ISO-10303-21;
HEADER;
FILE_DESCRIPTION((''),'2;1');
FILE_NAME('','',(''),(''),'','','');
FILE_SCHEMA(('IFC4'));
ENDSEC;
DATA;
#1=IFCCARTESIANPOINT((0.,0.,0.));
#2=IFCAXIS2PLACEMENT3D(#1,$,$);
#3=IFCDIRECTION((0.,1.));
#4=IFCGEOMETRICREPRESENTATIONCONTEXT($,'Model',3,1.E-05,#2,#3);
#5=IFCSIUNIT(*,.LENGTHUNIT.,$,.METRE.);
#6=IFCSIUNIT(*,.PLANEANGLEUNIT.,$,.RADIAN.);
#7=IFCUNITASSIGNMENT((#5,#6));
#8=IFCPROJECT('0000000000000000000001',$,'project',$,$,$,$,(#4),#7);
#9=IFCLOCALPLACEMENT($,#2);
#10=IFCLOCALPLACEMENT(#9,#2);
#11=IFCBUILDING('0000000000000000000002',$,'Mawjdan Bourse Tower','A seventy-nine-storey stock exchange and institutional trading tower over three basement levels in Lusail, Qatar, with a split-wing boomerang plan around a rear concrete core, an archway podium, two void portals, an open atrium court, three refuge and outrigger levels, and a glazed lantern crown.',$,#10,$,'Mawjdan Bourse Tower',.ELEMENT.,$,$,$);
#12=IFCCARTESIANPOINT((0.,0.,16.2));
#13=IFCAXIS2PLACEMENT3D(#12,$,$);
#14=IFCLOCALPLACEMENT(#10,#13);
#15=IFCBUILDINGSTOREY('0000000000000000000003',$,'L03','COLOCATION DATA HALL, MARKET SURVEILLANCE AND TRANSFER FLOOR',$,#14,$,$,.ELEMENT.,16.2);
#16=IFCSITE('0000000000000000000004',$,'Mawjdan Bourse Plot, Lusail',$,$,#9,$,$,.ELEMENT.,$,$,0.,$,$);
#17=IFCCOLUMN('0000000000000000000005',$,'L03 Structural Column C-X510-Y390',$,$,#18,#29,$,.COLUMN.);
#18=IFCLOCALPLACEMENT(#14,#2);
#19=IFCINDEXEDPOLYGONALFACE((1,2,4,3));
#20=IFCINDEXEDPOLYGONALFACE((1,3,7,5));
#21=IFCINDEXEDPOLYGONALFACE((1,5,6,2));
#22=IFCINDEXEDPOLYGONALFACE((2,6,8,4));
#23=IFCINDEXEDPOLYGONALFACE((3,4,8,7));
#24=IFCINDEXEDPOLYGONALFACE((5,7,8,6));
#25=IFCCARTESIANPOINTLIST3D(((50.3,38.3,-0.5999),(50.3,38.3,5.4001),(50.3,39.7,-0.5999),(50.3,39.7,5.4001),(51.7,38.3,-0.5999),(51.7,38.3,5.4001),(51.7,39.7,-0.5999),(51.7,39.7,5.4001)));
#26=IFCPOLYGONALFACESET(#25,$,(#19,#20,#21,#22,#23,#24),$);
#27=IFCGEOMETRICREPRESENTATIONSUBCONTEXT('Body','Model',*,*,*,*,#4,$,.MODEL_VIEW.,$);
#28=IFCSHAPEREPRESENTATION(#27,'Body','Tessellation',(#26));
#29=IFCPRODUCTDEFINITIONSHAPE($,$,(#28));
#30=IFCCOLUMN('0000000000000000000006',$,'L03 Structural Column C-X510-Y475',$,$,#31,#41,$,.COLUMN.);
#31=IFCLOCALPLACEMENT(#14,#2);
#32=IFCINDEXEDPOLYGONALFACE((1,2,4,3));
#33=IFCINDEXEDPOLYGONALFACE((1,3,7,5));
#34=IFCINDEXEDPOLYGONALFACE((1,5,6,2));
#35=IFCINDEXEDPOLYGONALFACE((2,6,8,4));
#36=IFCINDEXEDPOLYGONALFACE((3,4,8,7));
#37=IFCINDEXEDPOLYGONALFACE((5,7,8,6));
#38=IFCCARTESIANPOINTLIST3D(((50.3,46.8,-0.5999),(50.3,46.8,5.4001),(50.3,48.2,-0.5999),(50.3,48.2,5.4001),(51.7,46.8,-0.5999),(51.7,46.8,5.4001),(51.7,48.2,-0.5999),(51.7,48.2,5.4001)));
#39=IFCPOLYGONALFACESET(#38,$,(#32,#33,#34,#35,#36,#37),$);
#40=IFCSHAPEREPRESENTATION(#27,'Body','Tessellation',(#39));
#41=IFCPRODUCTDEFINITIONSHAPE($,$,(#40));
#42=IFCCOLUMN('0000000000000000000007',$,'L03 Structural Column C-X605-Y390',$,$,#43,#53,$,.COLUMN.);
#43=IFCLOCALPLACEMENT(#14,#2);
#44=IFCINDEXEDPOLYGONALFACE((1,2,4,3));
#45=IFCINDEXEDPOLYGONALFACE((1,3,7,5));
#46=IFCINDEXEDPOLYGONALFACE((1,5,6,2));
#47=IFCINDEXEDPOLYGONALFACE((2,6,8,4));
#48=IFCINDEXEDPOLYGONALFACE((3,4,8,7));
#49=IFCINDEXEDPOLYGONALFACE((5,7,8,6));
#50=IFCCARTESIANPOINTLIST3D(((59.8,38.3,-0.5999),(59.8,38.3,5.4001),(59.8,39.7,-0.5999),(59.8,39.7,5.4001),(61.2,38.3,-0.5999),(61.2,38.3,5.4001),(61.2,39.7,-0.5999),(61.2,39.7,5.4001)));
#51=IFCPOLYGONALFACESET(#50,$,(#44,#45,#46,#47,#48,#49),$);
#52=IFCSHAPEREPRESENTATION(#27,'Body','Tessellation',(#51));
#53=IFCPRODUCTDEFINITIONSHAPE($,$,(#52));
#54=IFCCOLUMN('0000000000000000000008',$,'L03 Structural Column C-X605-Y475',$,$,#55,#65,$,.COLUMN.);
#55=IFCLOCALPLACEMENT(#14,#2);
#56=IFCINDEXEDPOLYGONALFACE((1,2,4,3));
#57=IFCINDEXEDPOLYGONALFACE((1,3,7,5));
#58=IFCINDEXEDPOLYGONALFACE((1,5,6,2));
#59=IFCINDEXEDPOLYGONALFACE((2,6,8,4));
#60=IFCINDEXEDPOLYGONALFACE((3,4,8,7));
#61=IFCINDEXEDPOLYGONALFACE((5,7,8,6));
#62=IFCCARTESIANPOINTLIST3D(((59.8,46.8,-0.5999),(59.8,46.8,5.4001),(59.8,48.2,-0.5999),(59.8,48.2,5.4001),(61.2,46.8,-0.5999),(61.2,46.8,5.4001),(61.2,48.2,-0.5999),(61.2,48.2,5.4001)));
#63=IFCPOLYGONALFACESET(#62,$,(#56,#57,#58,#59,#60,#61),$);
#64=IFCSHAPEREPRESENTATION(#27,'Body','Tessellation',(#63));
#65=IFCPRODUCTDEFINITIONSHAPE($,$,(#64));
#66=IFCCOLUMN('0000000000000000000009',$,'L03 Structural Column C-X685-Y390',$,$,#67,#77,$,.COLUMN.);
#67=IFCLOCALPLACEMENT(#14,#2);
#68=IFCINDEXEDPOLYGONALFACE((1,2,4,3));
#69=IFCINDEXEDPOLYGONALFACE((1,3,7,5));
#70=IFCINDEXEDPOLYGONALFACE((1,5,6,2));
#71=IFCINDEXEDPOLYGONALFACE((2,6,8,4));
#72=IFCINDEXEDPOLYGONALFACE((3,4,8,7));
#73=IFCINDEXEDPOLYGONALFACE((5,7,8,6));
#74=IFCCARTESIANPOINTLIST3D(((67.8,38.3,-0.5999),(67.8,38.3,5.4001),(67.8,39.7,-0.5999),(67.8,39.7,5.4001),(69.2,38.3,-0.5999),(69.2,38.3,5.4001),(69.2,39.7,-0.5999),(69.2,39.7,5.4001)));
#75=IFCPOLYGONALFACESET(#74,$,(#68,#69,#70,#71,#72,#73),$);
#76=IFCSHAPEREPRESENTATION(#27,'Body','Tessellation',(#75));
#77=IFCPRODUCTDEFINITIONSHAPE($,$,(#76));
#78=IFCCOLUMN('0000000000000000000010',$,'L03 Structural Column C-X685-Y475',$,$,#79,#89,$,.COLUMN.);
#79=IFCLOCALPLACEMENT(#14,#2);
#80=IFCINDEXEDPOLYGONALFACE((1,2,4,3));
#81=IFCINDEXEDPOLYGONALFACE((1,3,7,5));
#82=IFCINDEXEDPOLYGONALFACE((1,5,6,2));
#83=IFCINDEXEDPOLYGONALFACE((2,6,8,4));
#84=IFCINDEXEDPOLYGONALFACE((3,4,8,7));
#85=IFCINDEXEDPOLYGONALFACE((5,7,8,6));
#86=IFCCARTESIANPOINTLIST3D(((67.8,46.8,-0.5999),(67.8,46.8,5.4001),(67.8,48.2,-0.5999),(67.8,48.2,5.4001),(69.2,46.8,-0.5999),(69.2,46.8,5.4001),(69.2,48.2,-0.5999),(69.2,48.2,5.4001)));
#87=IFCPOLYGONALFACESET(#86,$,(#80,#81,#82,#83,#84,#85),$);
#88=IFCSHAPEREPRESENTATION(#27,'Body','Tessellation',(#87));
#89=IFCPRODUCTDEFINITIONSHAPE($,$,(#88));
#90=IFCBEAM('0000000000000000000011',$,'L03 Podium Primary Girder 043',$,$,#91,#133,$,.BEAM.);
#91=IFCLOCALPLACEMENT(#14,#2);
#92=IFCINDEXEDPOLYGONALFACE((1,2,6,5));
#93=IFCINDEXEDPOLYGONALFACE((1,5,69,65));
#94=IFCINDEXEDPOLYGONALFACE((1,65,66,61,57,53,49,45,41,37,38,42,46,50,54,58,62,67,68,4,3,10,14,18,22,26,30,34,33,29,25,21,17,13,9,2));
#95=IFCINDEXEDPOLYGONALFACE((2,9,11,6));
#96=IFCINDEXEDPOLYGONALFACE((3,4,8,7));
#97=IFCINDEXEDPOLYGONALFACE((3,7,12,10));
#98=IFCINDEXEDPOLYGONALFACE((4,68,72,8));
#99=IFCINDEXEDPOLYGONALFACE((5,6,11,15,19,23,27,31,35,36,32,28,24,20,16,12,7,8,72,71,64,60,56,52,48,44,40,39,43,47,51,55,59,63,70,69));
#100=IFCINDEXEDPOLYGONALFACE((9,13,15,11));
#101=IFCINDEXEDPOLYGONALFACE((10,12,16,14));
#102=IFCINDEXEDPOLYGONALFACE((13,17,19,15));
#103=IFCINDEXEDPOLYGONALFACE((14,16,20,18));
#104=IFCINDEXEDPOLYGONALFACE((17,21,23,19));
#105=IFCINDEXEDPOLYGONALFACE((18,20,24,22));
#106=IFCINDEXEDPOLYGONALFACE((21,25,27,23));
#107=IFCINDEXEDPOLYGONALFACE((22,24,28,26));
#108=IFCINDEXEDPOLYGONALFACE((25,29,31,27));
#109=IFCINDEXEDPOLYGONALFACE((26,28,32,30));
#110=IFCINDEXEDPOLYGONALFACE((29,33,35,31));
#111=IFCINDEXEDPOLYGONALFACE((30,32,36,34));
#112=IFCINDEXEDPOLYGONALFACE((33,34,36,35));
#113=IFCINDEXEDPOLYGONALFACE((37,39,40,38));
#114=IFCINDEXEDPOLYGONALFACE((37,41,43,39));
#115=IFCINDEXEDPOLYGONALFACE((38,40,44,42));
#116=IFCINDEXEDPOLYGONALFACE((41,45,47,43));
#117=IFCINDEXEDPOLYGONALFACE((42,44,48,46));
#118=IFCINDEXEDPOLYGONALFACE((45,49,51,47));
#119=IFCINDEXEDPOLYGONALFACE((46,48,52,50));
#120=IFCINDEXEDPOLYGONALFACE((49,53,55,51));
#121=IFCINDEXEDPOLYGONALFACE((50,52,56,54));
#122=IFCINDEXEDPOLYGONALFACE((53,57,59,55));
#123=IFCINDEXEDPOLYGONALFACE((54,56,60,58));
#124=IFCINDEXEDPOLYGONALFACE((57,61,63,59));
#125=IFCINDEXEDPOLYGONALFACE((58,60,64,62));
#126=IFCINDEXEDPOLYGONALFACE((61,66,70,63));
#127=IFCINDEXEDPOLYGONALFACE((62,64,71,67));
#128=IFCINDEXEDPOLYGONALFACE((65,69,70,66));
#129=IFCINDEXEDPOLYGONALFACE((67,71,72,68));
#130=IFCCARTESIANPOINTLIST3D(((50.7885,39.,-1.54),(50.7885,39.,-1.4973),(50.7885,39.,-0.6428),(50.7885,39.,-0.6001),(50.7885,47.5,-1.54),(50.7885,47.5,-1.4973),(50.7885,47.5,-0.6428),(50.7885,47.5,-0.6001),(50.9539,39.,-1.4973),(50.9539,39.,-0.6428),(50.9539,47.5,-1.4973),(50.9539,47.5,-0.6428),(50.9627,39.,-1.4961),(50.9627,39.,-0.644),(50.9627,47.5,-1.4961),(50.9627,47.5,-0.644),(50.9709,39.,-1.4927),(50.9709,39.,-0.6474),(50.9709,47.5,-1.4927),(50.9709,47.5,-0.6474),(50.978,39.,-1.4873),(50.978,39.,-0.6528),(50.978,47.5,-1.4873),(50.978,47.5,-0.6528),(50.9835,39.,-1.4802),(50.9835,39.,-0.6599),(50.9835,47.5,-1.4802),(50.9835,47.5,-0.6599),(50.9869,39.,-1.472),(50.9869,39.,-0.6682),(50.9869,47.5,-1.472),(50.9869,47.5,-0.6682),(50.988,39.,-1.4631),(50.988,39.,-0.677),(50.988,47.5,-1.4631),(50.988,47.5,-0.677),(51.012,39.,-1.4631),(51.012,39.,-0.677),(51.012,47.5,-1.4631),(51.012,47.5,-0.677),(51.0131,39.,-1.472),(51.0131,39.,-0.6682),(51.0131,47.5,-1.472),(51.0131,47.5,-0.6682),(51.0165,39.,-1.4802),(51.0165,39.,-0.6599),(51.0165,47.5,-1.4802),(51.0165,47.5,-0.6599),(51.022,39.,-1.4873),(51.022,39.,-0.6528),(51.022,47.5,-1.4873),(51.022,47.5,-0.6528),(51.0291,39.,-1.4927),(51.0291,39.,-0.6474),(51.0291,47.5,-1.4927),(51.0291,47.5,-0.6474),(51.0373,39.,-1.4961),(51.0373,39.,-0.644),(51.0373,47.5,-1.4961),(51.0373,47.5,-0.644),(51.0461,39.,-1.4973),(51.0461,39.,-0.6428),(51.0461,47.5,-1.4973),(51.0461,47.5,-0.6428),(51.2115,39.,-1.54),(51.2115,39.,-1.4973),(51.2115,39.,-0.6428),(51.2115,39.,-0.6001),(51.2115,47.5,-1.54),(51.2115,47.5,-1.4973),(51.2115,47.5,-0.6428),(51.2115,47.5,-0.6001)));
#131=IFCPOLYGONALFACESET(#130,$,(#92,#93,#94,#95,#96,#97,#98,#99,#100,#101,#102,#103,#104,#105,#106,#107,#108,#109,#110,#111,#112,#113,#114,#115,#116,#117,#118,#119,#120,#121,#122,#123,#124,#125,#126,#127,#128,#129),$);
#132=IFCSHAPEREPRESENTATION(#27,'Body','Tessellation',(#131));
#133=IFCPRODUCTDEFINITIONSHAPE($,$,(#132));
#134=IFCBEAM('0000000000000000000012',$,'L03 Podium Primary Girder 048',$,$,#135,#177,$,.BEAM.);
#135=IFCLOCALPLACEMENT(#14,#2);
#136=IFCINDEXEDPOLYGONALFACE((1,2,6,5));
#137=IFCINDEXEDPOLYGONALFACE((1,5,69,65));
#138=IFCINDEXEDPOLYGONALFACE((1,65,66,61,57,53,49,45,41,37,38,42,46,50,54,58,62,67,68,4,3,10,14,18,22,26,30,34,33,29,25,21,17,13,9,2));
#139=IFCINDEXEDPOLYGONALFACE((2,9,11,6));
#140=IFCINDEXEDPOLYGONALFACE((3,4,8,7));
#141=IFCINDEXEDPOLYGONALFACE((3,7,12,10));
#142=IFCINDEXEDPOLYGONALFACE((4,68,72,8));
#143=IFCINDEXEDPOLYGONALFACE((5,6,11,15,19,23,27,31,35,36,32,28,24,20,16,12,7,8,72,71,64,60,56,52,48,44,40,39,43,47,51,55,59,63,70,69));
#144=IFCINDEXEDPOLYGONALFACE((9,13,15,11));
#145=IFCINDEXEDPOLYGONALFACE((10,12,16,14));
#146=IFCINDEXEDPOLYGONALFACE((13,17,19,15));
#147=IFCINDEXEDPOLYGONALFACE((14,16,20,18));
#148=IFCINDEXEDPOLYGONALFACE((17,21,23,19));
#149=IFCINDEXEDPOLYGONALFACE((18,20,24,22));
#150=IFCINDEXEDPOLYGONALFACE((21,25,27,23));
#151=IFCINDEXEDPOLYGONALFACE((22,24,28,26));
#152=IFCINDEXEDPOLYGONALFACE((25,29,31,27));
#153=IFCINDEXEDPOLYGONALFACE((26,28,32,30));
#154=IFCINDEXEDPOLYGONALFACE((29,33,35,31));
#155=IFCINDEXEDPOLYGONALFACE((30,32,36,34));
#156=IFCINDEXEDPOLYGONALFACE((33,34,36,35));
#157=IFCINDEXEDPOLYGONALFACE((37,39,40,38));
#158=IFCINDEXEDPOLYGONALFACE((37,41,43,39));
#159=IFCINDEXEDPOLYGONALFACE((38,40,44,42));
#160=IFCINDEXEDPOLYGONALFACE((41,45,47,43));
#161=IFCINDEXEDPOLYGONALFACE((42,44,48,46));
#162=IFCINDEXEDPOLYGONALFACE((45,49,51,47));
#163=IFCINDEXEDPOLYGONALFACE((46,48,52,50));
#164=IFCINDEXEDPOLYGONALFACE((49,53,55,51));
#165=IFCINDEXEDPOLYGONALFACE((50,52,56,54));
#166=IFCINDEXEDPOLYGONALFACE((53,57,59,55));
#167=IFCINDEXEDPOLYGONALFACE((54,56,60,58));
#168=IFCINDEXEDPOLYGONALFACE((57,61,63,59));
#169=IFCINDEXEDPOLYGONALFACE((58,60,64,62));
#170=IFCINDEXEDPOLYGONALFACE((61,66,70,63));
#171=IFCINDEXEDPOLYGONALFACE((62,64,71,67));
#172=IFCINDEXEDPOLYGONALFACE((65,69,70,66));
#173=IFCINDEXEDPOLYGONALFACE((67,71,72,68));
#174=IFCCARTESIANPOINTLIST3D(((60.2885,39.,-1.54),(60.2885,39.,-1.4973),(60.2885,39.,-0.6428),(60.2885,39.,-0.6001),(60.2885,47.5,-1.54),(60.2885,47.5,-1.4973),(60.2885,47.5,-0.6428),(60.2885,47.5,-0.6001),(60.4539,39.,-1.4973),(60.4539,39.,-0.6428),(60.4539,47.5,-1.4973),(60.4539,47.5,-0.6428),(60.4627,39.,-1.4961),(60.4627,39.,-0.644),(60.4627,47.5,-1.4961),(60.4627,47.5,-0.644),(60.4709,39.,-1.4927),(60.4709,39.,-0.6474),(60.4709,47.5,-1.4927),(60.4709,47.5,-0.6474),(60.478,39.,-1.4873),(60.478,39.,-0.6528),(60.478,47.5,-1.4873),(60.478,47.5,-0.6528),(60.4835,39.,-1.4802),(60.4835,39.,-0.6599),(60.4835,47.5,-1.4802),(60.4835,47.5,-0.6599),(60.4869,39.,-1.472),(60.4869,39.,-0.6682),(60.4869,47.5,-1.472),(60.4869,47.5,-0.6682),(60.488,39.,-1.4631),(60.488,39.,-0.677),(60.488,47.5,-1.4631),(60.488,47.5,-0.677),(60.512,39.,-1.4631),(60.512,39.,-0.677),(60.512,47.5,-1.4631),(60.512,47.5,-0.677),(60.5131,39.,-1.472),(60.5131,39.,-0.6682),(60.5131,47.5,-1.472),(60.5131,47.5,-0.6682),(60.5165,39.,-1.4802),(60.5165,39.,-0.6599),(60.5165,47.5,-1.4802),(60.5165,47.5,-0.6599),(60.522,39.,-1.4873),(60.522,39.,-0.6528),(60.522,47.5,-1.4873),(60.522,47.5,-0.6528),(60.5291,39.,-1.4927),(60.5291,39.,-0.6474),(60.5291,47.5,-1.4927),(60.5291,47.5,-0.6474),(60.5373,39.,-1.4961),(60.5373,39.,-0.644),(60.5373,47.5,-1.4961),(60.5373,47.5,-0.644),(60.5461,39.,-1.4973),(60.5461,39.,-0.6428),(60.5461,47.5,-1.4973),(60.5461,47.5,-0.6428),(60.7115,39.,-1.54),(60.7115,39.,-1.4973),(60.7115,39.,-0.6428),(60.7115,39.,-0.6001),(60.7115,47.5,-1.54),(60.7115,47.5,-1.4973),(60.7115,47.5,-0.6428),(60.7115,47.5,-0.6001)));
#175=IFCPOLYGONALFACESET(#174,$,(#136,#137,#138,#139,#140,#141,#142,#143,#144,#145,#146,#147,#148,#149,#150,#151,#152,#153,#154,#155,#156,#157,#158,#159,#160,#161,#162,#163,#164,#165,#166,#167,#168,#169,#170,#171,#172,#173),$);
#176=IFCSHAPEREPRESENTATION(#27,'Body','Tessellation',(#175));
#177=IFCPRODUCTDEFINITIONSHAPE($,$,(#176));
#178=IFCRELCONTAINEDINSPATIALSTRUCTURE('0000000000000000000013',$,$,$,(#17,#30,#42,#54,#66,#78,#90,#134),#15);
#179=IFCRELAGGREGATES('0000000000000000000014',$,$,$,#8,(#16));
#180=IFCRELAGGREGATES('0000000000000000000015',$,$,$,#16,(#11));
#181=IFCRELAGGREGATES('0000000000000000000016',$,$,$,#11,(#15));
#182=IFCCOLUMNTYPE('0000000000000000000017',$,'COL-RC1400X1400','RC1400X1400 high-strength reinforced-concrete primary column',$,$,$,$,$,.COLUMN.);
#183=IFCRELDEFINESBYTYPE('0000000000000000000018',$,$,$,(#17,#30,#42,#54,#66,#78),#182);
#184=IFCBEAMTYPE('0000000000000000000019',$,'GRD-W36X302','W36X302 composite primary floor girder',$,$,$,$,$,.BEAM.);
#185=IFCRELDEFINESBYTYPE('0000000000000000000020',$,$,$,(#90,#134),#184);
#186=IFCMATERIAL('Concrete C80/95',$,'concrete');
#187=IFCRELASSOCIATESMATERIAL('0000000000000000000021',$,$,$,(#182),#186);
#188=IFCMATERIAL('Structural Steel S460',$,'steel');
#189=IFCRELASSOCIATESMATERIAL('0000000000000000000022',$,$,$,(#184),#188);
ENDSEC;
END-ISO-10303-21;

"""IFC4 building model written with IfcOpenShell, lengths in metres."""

from ifc_helpers import new_model, si_unit, direction, frame, origin, origin_2d, place, context, subcontext, project, spatial, rectangle, i_section, extrude, material, material_profile, profile_set, type_object, element, save


model = new_model("IFC4")

# Units and contexts
model_context = context("Model", 3, precision=1e-05, world=origin(), true_north=direction((0.0, 1.0)))
body_context = subcontext(model_context, "Body", "Model", "MODEL_VIEW")
ifc_project = project(units=[si_unit("LENGTHUNIT", "METRE"), si_unit("PLANEANGLEUNIT", "RADIAN")], contexts=[model_context])

# Site, building, storey
site_placement = place(None, origin())
site = spatial("IfcSite", under=ifc_project, at=site_placement, Name="Mawjdan Bourse Plot, Lusail", CompositionType="ELEMENT", RefElevation=0.0)
building_placement = place(site_placement, origin())
building = spatial("IfcBuilding", under=site, at=building_placement, Name="Mawjdan Bourse Tower", Description="A seventy-nine-storey stock exchange and institutional trading tower over three basement levels in Lusail, Qatar, with a split-wing boomerang plan around a rear concrete core, an archway podium, two void portals, an open atrium court, three refuge and outrigger levels, and a glazed lantern crown.", LongName="Mawjdan Bourse Tower", CompositionType="ELEMENT")
storey_placement = place(building_placement, frame((0.0, 0.0, 16.2)))
storey = spatial("IfcBuildingStorey", under=building, at=storey_placement, Name="L03", Description="COLOCATION DATA HALL, MARKET SURVEILLANCE AND TRANSFER FLOOR", CompositionType="ELEMENT", Elevation=16.2)

# Columns
ifc_material_1 = material(Name="Concrete C80/95", Category="concrete")
ifc_material_profile_1 = material_profile(ifc_material_1, rectangle(XDim=1.3999, YDim=1.3999, at=origin_2d()), Name="RC1400X1400")
ifc_profile_set_1 = profile_set([ifc_material_profile_1], Name="Concrete C80/95")
column_type = type_object("IfcColumnType", Name="COL-RC1400X1400", Description="RC1400X1400 high-strength reinforced-concrete primary column", PredefinedType="COLUMN", material=ifc_profile_set_1)
for number, where, z_axis, x_axis, name in (
    (1, (51.0, 39.0, -0.5999), (0.0, 0.0, 1.0), (1.0, 0.0, 0.0), "L03 Structural Column C-X510-Y390"),
    (2, (51.0, 47.5, -0.5999), (0.0, 0.0, 1.0), (1.0, 0.0, 0.0), "L03 Structural Column C-X510-Y475"),
    (3, (60.5, 39.0, -0.5999), (0.0, 0.0, 1.0), (1.0, 0.0, 0.0), "L03 Structural Column C-X605-Y390"),
    (4, (60.5, 47.5, -0.5999), (0.0, 0.0, 1.0), (1.0, 0.0, 0.0), "L03 Structural Column C-X605-Y475"),
    (5, (68.5, 39.0, -0.5999), (0.0, 0.0, 1.0), (1.0, 0.0, 0.0), "L03 Structural Column C-X685-Y390"),
    (6, (68.5, 47.5, -0.5999), (0.0, 0.0, 1.0), (1.0, 0.0, 0.0), "L03 Structural Column C-X685-Y475"),
):
    element("IfcColumn", number, at=place(storey_placement, frame(where, z_axis=z_axis, x_axis=x_axis)), inside=storey, type_object=column_type, Name=name, PredefinedType="COLUMN", context=body_context, shape_type="SweptSolid", body=[
        extrude(rectangle(XDim=1.3999, YDim=1.3999, at=origin_2d()), origin(), (0.0, 0.0, 1.0), 6.0),
    ])

# Beams
ifc_material_2 = material(Name="Structural Steel S460", Category="steel")
ifc_material_profile_2 = material_profile(ifc_material_2, i_section(OverallWidth=0.4231, OverallDepth=0.9399, WebThickness=0.0239, FlangeThickness=0.0427, FilletRadius=0.0342, at=origin_2d()), Name="W36X302")
ifc_profile_set_2 = profile_set([ifc_material_profile_2], Name="Structural Steel S460")
beam_type_1 = type_object("IfcBeamType", Name="GRD-W36X302", Description="W36X302 composite primary floor girder", PredefinedType="BEAM", material=ifc_profile_set_2)
for number, where, z_axis, x_axis, name in (
    (7, (51.0, 39.0, -1.0701), (0.0, 1.0, 0.0), (-1.0, 0.0, 0.0), "L03 Podium Primary Girder 043"),
    (8, (60.5, 39.0, -1.0701), (0.0, 1.0, 0.0), (-1.0, 0.0, 0.0), "L03 Podium Primary Girder 048"),
):
    element("IfcBeam", number, at=place(storey_placement, frame(where, z_axis=z_axis, x_axis=x_axis)), inside=storey, type_object=beam_type_1, Name=name, PredefinedType="BEAM", context=body_context, shape_type="SweptSolid", body=[
        extrude(i_section(OverallWidth=0.4231, OverallDepth=0.9399, WebThickness=0.0239, FlangeThickness=0.0427, FilletRadius=0.0342, at=origin_2d()), origin(), (0.0, 0.0, 1.0), 8.5),
    ])

save(model, "model.ifc")
